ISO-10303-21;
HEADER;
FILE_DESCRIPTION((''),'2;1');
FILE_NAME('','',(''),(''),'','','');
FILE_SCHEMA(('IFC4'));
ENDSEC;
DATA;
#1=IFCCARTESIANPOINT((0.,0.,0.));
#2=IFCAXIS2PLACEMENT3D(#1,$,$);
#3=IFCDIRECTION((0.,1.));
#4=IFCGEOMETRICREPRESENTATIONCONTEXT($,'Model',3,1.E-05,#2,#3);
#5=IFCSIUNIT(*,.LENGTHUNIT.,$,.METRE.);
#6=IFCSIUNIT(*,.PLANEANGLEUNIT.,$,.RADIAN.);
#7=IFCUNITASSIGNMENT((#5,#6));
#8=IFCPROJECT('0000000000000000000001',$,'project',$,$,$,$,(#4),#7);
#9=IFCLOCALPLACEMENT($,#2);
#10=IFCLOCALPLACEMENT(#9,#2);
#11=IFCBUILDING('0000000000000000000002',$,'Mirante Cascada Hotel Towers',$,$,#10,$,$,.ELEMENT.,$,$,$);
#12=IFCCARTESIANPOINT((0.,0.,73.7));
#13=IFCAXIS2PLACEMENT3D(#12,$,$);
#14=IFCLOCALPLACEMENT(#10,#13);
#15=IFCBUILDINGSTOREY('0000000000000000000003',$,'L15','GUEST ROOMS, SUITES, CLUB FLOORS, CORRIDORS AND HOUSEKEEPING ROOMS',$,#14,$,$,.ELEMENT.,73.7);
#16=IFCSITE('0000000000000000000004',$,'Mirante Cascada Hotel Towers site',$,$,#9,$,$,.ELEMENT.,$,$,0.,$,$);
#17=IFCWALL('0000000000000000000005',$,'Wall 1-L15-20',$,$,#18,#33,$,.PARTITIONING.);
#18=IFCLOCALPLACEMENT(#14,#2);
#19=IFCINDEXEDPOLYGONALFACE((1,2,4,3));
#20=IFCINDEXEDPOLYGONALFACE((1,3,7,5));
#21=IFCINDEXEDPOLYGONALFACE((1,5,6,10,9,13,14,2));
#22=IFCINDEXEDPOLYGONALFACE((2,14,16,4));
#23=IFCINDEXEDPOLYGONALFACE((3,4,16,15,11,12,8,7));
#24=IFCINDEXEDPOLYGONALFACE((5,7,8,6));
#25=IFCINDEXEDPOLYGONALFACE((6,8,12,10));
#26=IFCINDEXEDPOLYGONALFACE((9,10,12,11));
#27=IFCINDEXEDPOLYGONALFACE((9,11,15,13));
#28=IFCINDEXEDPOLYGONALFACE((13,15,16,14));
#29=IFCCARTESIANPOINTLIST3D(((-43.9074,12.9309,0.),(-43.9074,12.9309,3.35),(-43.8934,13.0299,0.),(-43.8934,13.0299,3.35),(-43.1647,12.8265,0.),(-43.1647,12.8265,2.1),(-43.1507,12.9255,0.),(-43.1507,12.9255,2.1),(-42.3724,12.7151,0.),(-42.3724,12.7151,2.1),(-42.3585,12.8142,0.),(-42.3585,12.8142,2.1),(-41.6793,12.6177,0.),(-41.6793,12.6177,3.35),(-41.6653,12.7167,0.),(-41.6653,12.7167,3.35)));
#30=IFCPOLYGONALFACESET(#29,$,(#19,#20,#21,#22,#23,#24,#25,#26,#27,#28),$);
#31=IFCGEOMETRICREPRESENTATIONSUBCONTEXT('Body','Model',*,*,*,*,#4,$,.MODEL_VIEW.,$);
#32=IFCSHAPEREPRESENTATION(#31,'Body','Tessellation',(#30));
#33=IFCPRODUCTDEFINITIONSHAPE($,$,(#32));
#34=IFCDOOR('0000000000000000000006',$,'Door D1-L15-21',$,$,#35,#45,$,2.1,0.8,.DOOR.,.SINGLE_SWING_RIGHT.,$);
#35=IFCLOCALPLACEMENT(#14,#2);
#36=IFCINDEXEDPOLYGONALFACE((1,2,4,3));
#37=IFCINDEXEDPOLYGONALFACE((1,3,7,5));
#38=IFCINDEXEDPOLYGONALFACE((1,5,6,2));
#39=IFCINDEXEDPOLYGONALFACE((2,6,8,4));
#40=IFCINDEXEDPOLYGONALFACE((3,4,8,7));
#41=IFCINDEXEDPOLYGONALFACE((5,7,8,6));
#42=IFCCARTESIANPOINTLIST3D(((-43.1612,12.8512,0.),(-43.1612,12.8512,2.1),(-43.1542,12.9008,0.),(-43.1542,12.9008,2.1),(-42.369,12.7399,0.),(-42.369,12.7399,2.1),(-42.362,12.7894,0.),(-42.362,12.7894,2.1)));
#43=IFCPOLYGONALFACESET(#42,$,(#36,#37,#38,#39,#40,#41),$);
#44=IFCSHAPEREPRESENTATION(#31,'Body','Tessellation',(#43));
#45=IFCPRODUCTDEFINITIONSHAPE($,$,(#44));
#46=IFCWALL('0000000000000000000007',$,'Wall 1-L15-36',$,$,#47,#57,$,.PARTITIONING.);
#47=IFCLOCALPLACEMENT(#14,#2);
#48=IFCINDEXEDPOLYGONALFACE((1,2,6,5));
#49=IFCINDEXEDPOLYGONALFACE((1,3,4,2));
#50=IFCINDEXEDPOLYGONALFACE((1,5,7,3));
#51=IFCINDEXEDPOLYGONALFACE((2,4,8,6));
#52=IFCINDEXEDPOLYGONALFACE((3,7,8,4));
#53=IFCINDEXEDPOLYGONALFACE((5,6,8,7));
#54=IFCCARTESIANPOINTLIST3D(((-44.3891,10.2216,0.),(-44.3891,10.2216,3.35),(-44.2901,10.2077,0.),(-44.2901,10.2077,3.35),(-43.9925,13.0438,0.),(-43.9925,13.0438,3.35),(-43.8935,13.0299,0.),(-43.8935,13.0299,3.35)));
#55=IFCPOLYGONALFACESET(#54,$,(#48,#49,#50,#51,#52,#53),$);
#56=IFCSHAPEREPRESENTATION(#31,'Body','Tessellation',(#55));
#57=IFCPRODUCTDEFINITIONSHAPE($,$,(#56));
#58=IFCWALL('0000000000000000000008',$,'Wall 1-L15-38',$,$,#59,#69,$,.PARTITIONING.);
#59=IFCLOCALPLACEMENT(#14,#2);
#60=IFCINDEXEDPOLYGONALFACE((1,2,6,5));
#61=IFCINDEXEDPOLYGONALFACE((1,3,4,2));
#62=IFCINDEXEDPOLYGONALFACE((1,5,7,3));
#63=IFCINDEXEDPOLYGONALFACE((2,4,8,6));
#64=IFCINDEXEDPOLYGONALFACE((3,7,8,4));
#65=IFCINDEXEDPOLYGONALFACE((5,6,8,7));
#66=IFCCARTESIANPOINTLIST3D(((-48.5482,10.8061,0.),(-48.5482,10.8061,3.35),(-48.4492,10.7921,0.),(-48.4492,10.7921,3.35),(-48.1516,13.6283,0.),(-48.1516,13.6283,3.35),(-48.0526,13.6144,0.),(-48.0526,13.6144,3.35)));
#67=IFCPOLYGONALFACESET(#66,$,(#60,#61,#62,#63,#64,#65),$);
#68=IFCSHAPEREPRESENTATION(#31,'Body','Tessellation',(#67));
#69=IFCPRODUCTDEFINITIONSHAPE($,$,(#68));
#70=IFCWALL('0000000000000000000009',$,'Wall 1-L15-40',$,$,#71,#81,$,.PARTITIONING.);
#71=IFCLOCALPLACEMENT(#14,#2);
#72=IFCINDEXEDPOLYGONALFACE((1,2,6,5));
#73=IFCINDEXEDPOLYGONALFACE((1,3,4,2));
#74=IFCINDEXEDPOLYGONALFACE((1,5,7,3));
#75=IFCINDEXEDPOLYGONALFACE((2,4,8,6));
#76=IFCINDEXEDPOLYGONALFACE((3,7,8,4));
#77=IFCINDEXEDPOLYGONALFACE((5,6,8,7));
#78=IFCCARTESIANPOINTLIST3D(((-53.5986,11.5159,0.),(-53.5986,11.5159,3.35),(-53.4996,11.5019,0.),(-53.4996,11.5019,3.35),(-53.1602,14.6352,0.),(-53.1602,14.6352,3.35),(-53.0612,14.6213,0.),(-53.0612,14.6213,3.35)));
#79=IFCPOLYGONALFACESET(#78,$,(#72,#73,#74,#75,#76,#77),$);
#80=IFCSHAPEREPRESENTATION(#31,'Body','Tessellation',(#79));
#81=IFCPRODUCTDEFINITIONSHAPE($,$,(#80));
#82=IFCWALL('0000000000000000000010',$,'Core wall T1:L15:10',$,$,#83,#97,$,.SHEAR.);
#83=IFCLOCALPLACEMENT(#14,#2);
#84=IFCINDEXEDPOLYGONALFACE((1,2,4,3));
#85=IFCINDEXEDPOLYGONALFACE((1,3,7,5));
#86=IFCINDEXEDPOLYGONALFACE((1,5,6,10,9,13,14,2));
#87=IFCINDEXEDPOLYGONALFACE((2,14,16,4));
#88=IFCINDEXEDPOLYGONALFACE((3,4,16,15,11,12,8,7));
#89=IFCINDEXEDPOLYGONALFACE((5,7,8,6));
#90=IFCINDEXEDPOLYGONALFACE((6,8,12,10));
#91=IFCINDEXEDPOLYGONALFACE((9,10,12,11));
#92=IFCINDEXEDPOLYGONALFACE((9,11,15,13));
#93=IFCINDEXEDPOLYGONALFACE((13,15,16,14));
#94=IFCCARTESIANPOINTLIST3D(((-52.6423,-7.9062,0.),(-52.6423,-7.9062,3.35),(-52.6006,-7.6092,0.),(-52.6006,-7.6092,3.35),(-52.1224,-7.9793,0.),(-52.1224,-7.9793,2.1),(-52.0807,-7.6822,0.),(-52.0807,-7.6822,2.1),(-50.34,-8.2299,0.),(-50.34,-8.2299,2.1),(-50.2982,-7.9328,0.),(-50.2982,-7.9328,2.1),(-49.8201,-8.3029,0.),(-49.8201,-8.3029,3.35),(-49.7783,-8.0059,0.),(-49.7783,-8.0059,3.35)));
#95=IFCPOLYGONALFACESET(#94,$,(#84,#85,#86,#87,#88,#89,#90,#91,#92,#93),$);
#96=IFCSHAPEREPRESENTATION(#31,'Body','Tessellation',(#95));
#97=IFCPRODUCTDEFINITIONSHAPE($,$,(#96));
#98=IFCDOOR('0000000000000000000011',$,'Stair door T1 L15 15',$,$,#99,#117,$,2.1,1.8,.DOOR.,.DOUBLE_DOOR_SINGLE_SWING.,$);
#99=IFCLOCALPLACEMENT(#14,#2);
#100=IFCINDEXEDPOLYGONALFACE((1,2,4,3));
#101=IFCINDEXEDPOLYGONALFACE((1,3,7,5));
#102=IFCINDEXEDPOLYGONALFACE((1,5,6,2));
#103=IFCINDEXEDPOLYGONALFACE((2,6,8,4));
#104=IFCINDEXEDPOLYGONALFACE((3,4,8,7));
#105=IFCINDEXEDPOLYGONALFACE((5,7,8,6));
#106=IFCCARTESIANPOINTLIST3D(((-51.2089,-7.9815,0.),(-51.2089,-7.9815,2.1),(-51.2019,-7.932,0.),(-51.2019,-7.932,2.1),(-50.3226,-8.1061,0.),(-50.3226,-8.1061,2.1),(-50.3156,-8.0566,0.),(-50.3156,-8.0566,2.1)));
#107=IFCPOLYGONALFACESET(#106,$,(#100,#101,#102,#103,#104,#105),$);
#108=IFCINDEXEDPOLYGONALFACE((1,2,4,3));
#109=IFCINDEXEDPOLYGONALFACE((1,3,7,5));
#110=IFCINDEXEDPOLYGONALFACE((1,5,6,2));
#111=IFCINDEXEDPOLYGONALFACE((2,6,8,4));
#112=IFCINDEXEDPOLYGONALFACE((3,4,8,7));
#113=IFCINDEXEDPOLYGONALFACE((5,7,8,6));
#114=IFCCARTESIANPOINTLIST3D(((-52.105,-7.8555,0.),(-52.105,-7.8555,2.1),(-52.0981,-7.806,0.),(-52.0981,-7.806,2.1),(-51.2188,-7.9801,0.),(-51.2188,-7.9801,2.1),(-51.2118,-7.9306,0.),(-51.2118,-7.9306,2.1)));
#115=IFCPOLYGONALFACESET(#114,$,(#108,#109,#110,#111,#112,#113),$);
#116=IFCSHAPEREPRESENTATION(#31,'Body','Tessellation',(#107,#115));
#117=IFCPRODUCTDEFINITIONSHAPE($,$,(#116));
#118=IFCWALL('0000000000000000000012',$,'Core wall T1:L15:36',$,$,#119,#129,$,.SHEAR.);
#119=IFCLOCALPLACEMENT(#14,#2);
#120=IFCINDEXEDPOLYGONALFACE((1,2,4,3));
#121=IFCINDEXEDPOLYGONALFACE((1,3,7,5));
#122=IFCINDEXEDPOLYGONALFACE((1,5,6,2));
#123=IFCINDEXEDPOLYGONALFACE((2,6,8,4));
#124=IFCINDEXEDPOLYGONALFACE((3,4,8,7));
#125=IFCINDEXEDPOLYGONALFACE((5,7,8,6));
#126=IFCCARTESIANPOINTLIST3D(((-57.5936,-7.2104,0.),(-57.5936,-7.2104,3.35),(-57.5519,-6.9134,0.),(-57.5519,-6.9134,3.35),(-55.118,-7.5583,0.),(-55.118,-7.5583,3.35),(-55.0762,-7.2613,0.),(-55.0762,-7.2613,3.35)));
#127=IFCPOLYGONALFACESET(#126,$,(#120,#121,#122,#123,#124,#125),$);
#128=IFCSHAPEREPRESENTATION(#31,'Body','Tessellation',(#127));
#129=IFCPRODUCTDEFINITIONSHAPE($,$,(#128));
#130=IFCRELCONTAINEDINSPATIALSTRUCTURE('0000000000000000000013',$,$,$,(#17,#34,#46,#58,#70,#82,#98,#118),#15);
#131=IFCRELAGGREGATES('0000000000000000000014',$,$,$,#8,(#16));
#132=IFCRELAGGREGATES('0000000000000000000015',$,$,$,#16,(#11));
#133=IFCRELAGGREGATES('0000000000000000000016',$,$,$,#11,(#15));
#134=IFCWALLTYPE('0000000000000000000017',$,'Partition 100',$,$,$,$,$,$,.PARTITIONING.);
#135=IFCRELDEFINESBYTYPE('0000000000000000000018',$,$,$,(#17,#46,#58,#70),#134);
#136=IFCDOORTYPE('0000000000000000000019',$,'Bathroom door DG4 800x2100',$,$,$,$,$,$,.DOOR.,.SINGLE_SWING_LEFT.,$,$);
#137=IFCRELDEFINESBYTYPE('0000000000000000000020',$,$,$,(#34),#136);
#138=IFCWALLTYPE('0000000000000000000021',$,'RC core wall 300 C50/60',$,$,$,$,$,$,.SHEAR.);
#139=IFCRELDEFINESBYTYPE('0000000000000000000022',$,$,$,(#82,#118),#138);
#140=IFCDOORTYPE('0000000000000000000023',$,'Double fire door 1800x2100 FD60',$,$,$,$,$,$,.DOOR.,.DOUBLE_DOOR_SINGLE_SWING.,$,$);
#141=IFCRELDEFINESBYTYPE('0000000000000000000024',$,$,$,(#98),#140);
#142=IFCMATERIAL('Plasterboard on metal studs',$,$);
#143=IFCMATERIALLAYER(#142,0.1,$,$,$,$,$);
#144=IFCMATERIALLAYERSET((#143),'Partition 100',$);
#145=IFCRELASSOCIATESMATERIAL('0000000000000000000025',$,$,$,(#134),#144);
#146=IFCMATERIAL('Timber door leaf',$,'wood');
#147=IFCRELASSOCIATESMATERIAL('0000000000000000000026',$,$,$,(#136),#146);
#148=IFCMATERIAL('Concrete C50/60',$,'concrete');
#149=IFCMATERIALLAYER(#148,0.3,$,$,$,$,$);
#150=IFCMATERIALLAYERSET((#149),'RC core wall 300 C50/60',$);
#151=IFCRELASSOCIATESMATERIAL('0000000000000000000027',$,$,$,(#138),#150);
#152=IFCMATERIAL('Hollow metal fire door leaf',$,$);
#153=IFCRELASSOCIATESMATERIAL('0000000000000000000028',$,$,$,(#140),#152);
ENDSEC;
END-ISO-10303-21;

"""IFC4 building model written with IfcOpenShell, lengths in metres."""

from ifc_helpers import new_model, si_unit, direction, frame, frame_2d, origin, place, context, subcontext, project, spatial, rectangle, extrude, material, layer, layer_set, type_object, element, fill, save


model = new_model("IFC4")

# Units and contexts
model_context = context("Model", 3, precision=1e-05, world=origin(), true_north=direction((0.0, 1.0)))
body_context = subcontext(model_context, "Body", "Model", "MODEL_VIEW")
ifc_project = project(units=[si_unit("LENGTHUNIT", "METRE"), si_unit("PLANEANGLEUNIT", "RADIAN")], contexts=[model_context])

# Site, building, storey
site_placement = place(None, origin())
site = spatial("IfcSite", under=ifc_project, at=site_placement, Name="Mirante Cascada Hotel Towers site", CompositionType="ELEMENT", RefElevation=0.0)
building_placement = place(site_placement, origin())
building = spatial("IfcBuilding", under=site, at=building_placement, Name="Mirante Cascada Hotel Towers", CompositionType="ELEMENT")
storey_placement = place(building_placement, frame((0.0, 0.0, 73.7)))
storey = spatial("IfcBuildingStorey", under=building, at=storey_placement, Name="L15", Description="GUEST ROOMS, SUITES, CLUB FLOORS, CORRIDORS AND HOUSEKEEPING ROOMS", CompositionType="ELEMENT", Elevation=73.7)

# Shared definitions
ifc_material_1 = material(Name="Plasterboard on metal studs")
ifc_layer_1 = layer(ifc_material_1, 0.1)
ifc_layer_set_1 = layer_set([ifc_layer_1], Name="Partition 100")
wall_type_1 = type_object("IfcWallType", Name="Partition 100", PredefinedType="PARTITIONING", material=ifc_layer_set_1)

# Wall, opening, door
wall_1_placement = place(storey_placement, frame((-41.6723, 12.6672, 0.0), z_axis=(0.0, 0.0, 1.0), x_axis=(-0.990264, 0.1392, 0.0)))
wall_1 = element("IfcWall", 1, at=wall_1_placement, inside=storey, type_object=wall_type_1, Name="Wall 1-L15-20", PredefinedType="PARTITIONING", context=body_context, shape_type="SweptSolid", body=[
    extrude(rectangle(XDim=2.25, YDim=0.1, at=frame_2d((1.125, 0.0))), origin(), (0.0, 0.0, 1.0), 3.35),
])
opening_1_placement = place(wall_1_placement, frame((0.7, 0.0, 0.0)))
opening_1 = element("IfcOpeningElement", 2, at=opening_1_placement, cuts=wall_1, PredefinedType="OPENING", context=body_context, shape_type="SweptSolid", body=[
    extrude(rectangle(XDim=0.8, YDim=2.1, at=frame_2d((0.4, 1.05))), frame((0.0, 0.05, 0.0), z_axis=(0.0, -1.0, 0.0), x_axis=(1.0, 0.0, 0.0)), (0.0, 0.0, 1.0), 0.1),
])
ifc_material_2 = material(Name="Timber door leaf", Category="wood")
door_type_1 = type_object("IfcDoorType", Name="Bathroom door DG4 800x2100", OperationType="SINGLE_SWING_LEFT", PredefinedType="DOOR", material=ifc_material_2)
door_1_placement = place(opening_1_placement, frame((0.8, 0.0, 0.0), z_axis=(0.0, 0.0, 1.0), x_axis=(-1.0, 0.0, 0.0)))
door_1 = element("IfcDoor", 3, at=door_1_placement, inside=storey, type_object=door_type_1, Name="Door D1-L15-21", OperationType="SINGLE_SWING_RIGHT", OverallHeight=2.1, OverallWidth=0.8, PredefinedType="DOOR", context=body_context, shape_type="SweptSolid", body=[
    extrude(rectangle(XDim=0.8, YDim=2.1, at=frame_2d((0.4, 1.05))), frame((0.0, 0.025, 0.0), z_axis=(0.0, -1.0, 0.0), x_axis=(1.0, 0.0, 0.0)), (0.0, 0.0, 1.0), 0.05),
])
fill(opening_1, door_1)

# Walls
wall_2_placement = place(storey_placement, frame((-44.3396, 10.2146, 0.0), z_axis=(0.0, 0.0, 1.0), x_axis=(0.139161, 0.99027, 0.0)))
element("IfcWall", 4, at=wall_2_placement, inside=storey, type_object=wall_type_1, Name="Wall 1-L15-36", PredefinedType="PARTITIONING", context=body_context, shape_type="SweptSolid", body=[
    extrude(rectangle(XDim=2.8499, YDim=0.1, at=frame_2d((1.425, 0.0))), origin(), (0.0, 0.0, 1.0), 3.35),
])
wall_3_placement = place(storey_placement, frame((-48.4987, 10.7991, 0.0), z_axis=(0.0, 0.0, 1.0), x_axis=(0.139156, 0.99027, 0.0)))
element("IfcWall", 5, at=wall_3_placement, inside=storey, type_object=wall_type_1, Name="Wall 1-L15-38", PredefinedType="PARTITIONING", context=body_context, shape_type="SweptSolid", body=[
    extrude(rectangle(XDim=2.85, YDim=0.1, at=frame_2d((1.425, 0.0))), origin(), (0.0, 0.0, 1.0), 3.35),
])
wall_4_placement = place(storey_placement, frame((-53.5491, 11.5089, 0.0), z_axis=(0.0, 0.0, 1.0), x_axis=(0.139177, 0.990268, 0.0)))
element("IfcWall", 6, at=wall_4_placement, inside=storey, type_object=wall_type_1, Name="Wall 1-L15-40", PredefinedType="PARTITIONING", context=body_context, shape_type="SweptSolid", body=[
    extrude(rectangle(XDim=3.15, YDim=0.1, at=frame_2d((1.575, 0.0))), origin(), (0.0, 0.0, 1.0), 3.35),
])

# Wall, opening, door
ifc_material_3 = material(Name="Concrete C50/60", Category="concrete")
ifc_layer_2 = layer(ifc_material_3, 0.3)
ifc_layer_set_2 = layer_set([ifc_layer_2], Name="RC core wall 300 C50/60")
wall_type_2 = type_object("IfcWallType", Name="RC core wall 300 C50/60", PredefinedType="SHEAR", material=ifc_layer_set_2)
wall_5_placement = place(storey_placement, frame((-49.7992, -8.1544, 0.0), z_axis=(0.0, 0.0, 1.0), x_axis=(-0.990266, 0.139191, 0.0)))
wall_5 = element("IfcWall", 7, at=wall_5_placement, inside=storey, type_object=wall_type_2, Name="Core wall T1:L15:10", PredefinedType="SHEAR", context=body_context, shape_type="SweptSolid", body=[
    extrude(rectangle(XDim=2.85, YDim=0.3, at=frame_2d((1.425, 0.0))), origin(), (0.0, 0.0, 1.0), 3.35),
])
opening_2_placement = place(wall_5_placement, frame((0.525, 0.0, 0.0)))
opening_2 = element("IfcOpeningElement", 8, at=opening_2_placement, cuts=wall_5, PredefinedType="OPENING", context=body_context, shape_type="SweptSolid", body=[
    extrude(rectangle(XDim=1.8, YDim=2.1, at=frame_2d((0.9, 1.05))), frame((0.0, 0.15, 0.0), z_axis=(0.0, -1.0, 0.0), x_axis=(1.0, 0.0, 0.0)), (0.0, 0.0, 1.0), 0.3),
])
ifc_material_4 = material(Name="Hollow metal fire door leaf")
door_type_2 = type_object("IfcDoorType", Name="Double fire door 1800x2100 FD60", OperationType="DOUBLE_DOOR_SINGLE_SWING", PredefinedType="DOOR", material=ifc_material_4)
door_2_placement = place(opening_2_placement, origin())
door_2 = element("IfcDoor", 9, at=door_2_placement, inside=storey, type_object=door_type_2, Name="Stair door T1 L15 15", OperationType="DOUBLE_DOOR_SINGLE_SWING", OverallHeight=2.1, OverallWidth=1.8, PredefinedType="DOOR", context=body_context, shape_type="SweptSolid", body=[
    extrude(rectangle(XDim=0.895, YDim=2.1, at=frame_2d((0.4475, 1.05))), frame((0.0, 0.025, 0.0), z_axis=(0.0, -1.0, 0.0), x_axis=(1.0, 0.0, 0.0)), (0.0, 0.0, 1.0), 0.05),
    extrude(rectangle(XDim=0.895, YDim=2.1, at=frame_2d((1.3525, 1.05))), frame((0.0, 0.025, 0.0), z_axis=(0.0, -1.0, 0.0), x_axis=(1.0, 0.0, 0.0)), (0.0, 0.0, 1.0), 0.05),
])
fill(opening_2, door_2)

# Wall
wall_6_placement = place(storey_placement, frame((-55.0971, -7.4098, 0.0), z_axis=(0.0, 0.0, 1.0), x_axis=(-0.99027, 0.139159, 0.0)))
element("IfcWall", 10, at=wall_6_placement, inside=storey, type_object=wall_type_2, Name="Core wall T1:L15:36", PredefinedType="SHEAR", context=body_context, shape_type="SweptSolid", body=[
    extrude(rectangle(XDim=2.5, YDim=0.3, at=frame_2d((1.25, 0.0))), origin(), (0.0, 0.0, 1.0), 3.35),
])

save(model, "model.ifc")
